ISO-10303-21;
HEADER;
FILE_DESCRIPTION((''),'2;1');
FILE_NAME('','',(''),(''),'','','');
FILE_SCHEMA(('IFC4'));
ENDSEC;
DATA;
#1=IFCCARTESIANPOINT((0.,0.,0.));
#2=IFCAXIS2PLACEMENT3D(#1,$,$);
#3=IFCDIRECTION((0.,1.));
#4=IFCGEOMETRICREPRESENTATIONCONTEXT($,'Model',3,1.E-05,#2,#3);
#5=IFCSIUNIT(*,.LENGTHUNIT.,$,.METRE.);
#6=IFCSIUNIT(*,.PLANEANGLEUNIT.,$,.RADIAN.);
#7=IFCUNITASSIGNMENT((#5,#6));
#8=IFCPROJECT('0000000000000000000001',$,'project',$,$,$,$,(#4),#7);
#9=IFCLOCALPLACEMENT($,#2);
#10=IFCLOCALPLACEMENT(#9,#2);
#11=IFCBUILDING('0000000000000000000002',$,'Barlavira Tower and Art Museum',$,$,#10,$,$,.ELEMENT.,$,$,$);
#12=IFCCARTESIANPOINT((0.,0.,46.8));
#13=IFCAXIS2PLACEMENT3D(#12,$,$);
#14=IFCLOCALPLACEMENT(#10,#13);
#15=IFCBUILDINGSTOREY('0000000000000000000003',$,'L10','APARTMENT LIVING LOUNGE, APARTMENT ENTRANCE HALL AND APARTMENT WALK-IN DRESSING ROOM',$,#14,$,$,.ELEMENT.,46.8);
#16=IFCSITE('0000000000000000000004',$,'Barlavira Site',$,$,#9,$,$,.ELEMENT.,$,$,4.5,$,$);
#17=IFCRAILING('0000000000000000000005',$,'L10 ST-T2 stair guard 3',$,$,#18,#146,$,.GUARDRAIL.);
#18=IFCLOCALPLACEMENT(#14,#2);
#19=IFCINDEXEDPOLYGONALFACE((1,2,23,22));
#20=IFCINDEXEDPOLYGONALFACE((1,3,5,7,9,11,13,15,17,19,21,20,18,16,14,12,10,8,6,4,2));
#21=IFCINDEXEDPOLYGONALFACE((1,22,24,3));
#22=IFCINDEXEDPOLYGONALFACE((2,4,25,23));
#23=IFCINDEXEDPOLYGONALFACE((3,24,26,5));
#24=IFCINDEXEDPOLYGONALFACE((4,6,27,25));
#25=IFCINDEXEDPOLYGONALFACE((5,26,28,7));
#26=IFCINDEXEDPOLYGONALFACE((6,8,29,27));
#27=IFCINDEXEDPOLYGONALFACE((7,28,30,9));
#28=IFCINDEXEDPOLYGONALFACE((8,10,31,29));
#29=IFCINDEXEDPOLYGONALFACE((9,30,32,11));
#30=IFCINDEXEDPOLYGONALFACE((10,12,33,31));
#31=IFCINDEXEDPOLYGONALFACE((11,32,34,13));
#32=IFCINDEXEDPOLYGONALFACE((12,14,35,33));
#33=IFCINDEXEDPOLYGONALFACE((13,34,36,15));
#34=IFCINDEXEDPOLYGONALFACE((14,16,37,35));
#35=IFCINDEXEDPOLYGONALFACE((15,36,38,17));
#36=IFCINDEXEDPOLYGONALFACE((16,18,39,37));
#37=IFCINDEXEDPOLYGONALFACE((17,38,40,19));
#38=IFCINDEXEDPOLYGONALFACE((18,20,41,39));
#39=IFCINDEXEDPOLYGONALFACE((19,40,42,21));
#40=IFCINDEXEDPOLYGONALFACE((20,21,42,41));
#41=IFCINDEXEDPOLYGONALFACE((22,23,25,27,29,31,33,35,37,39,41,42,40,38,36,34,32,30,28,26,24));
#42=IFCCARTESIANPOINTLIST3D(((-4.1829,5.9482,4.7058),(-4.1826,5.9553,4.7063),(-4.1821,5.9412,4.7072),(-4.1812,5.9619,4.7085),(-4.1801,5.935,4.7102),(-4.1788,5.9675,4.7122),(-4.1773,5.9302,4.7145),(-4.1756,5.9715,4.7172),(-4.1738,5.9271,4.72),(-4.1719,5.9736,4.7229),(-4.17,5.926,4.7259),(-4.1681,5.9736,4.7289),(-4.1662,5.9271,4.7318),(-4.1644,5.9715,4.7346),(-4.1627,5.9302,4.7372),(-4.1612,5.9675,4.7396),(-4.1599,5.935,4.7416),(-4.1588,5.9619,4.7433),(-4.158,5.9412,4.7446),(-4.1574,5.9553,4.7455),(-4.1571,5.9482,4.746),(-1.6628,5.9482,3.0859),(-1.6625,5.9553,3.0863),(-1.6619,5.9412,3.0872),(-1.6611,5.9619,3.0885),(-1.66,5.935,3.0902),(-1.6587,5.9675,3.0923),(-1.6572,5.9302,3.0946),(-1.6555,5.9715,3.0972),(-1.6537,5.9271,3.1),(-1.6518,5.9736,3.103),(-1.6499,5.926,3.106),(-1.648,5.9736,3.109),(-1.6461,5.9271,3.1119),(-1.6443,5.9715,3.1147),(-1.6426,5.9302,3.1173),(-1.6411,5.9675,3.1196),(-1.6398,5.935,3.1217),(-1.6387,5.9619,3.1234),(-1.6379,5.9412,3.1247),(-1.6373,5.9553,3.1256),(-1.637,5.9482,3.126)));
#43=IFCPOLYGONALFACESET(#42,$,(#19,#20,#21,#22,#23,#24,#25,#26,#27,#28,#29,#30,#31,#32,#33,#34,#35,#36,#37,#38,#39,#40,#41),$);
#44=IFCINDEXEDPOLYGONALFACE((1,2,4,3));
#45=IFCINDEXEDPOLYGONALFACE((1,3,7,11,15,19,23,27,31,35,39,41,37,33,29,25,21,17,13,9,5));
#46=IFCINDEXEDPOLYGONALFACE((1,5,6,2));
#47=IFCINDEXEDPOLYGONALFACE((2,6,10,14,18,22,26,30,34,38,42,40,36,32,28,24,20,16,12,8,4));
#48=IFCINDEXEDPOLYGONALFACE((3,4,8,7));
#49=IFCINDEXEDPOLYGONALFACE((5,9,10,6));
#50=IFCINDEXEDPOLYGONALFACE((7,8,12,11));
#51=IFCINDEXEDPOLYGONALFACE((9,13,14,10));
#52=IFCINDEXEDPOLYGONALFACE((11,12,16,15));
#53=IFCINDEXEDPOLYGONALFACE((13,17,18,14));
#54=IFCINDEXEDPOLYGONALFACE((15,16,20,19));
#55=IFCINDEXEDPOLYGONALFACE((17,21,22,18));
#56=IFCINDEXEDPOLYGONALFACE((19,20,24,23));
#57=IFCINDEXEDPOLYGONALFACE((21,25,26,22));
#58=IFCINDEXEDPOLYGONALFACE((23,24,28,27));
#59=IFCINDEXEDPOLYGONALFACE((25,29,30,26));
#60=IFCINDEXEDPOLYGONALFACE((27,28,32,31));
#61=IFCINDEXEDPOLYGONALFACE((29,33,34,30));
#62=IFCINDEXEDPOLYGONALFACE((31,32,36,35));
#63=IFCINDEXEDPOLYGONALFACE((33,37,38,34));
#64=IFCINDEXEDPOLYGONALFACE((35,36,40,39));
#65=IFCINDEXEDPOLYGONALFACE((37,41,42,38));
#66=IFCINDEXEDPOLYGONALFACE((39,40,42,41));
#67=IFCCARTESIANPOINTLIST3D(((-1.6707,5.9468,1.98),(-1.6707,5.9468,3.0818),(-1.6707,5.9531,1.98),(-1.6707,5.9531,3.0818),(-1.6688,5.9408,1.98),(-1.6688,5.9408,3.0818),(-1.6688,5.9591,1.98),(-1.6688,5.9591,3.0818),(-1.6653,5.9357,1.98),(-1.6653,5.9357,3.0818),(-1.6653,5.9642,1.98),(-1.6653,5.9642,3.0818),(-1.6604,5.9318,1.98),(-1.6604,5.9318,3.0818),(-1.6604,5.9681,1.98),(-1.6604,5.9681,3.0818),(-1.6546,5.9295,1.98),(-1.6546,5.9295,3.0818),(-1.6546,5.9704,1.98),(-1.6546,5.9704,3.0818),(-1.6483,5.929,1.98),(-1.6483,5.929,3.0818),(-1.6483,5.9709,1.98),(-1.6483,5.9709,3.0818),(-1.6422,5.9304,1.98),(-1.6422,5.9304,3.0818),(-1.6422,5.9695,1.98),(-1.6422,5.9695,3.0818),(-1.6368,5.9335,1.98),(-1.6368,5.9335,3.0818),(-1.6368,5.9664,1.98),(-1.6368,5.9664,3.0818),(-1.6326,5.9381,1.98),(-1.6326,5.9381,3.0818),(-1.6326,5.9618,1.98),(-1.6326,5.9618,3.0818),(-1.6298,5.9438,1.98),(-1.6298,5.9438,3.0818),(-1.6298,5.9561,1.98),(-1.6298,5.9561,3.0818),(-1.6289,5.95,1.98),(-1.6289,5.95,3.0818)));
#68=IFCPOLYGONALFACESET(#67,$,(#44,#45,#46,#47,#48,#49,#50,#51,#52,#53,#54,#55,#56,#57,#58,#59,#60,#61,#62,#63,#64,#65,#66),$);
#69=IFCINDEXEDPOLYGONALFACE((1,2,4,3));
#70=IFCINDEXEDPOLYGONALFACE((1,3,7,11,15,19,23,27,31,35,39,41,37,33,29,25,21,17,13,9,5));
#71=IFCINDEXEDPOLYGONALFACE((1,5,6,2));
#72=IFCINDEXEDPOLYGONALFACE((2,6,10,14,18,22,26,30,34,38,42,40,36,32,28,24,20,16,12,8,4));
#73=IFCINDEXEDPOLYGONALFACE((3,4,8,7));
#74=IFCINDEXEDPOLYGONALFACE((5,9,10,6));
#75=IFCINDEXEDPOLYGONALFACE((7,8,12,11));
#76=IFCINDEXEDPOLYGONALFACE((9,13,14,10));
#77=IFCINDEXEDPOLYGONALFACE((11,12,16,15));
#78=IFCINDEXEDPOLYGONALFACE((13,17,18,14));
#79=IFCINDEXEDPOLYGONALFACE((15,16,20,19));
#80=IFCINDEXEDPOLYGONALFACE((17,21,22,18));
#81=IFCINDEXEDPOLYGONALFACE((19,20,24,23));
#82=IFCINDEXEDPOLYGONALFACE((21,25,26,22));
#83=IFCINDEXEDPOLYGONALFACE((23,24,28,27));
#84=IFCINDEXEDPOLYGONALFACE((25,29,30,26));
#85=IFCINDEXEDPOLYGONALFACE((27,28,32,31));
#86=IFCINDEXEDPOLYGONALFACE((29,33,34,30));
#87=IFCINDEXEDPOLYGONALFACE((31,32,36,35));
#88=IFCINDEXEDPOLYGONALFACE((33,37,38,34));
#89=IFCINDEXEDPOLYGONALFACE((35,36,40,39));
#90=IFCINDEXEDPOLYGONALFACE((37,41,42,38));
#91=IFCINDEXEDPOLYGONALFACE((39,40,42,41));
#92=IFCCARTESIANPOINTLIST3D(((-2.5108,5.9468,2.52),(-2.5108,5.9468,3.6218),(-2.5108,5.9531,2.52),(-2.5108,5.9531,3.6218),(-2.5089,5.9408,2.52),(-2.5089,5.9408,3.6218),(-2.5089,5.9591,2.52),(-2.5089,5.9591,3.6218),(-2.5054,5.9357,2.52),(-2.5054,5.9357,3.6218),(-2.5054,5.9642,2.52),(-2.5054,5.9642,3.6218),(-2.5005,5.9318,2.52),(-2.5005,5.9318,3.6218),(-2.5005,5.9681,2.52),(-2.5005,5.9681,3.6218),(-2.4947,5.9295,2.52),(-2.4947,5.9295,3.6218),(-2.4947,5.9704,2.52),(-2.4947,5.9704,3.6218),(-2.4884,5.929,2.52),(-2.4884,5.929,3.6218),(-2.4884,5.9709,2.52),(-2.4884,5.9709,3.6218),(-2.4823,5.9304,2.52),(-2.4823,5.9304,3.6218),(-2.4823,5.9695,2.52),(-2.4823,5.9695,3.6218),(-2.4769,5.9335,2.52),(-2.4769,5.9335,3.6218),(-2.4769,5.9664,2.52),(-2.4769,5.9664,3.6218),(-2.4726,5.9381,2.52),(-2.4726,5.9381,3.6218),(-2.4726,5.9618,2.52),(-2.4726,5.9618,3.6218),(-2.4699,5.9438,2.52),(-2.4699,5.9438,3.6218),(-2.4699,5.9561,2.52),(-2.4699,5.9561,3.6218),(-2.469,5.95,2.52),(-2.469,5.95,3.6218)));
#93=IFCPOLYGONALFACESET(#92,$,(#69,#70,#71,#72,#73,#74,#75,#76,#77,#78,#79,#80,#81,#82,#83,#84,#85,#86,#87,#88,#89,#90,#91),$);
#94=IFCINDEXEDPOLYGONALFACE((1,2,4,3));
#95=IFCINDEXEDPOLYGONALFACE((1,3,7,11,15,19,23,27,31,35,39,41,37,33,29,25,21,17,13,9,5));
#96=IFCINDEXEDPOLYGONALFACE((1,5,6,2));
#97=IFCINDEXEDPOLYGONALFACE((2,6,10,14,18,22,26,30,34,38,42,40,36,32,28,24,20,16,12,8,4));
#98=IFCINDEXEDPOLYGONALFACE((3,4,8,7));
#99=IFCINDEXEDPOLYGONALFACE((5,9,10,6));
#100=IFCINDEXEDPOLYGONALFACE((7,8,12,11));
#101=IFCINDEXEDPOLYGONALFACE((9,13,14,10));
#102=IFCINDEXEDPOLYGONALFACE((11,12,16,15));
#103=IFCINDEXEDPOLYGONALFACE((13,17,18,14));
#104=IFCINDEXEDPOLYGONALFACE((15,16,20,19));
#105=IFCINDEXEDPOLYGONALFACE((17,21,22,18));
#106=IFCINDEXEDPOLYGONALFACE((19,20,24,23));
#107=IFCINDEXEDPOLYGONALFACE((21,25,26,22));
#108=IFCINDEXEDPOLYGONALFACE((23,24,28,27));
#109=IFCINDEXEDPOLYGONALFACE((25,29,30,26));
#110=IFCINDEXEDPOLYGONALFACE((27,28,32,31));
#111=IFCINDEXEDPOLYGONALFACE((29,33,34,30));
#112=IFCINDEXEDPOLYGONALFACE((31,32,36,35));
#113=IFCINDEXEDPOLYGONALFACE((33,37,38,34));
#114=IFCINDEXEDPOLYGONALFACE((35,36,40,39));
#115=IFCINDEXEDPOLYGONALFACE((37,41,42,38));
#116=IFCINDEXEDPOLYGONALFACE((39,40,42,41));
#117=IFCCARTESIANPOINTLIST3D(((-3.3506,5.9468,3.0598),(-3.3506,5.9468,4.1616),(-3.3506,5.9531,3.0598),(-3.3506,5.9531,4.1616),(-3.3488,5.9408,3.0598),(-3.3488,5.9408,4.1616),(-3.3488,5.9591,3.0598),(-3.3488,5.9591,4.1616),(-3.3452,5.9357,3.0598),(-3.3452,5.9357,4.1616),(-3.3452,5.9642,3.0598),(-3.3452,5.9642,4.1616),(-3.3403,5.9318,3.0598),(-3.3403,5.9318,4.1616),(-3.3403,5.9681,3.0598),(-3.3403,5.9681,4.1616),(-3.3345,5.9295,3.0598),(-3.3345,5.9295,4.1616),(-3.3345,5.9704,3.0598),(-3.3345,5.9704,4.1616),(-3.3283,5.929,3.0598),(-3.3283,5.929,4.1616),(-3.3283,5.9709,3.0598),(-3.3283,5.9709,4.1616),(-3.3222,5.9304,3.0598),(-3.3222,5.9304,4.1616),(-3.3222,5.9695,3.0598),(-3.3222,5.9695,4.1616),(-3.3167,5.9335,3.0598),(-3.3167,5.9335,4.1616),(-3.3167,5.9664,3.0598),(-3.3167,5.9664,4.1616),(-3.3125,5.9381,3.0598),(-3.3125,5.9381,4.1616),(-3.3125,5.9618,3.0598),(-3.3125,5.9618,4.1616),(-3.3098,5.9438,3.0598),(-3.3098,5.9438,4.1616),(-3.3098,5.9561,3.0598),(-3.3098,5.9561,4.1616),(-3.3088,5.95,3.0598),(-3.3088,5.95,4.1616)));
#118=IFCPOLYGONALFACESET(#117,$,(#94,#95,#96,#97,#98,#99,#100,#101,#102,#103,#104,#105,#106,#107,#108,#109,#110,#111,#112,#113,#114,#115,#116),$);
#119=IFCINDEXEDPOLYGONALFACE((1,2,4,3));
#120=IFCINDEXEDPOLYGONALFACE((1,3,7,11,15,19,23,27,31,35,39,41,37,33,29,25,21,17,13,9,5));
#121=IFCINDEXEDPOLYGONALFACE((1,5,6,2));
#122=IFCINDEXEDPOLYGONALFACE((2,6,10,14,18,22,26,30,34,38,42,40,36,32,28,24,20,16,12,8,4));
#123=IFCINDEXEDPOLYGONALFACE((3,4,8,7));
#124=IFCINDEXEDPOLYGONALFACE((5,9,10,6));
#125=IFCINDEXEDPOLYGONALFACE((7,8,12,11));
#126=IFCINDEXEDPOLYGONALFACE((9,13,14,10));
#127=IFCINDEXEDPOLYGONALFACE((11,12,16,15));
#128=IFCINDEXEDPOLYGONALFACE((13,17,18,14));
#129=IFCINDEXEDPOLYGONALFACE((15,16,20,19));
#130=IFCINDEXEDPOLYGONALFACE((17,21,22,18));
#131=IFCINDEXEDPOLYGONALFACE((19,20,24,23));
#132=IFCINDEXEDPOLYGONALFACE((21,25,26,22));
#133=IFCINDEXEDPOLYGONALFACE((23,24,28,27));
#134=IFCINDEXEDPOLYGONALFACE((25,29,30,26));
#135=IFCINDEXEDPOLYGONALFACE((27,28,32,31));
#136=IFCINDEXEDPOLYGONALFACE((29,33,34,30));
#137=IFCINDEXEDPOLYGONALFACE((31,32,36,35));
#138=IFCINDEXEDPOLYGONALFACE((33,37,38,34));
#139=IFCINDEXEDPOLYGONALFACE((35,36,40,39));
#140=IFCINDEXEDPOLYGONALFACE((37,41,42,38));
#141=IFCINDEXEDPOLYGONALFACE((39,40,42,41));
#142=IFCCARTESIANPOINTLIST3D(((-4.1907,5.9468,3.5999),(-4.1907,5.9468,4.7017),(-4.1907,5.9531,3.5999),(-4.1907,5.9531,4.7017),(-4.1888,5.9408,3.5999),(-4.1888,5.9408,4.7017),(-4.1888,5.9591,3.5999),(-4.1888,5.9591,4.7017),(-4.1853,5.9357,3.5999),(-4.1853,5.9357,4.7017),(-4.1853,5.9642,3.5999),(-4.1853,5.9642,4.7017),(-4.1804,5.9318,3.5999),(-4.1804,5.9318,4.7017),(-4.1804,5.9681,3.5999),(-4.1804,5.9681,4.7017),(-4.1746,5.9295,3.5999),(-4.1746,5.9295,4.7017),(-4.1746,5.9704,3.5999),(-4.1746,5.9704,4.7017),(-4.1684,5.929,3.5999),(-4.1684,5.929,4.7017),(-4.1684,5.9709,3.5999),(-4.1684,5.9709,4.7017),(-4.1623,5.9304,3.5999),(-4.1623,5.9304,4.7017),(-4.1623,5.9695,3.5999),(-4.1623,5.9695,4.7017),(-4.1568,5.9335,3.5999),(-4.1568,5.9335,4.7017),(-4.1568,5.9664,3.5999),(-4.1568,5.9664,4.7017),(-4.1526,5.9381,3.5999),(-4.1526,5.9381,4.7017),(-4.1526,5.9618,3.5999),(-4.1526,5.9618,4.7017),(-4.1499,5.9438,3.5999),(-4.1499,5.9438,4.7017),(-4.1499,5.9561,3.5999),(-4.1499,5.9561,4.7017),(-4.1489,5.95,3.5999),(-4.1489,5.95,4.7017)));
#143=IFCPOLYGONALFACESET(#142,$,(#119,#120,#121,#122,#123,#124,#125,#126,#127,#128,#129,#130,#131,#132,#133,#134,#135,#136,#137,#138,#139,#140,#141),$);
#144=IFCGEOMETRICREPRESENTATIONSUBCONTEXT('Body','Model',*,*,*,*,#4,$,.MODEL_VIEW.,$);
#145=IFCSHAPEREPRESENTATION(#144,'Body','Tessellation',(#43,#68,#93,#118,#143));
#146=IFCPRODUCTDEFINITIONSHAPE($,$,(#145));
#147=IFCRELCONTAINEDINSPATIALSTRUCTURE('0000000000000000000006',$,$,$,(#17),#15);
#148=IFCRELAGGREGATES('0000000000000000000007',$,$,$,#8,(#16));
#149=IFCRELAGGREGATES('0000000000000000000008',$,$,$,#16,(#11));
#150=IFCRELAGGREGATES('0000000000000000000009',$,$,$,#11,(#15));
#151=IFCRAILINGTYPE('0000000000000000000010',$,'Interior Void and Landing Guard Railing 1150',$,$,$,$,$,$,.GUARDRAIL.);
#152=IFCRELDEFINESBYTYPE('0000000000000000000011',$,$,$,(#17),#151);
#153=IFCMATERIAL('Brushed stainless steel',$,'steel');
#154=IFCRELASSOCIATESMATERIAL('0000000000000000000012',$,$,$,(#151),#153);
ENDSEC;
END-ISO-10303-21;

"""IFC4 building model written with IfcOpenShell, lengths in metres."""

from ifc_helpers import new_model, si_unit, direction, frame, origin, origin_2d, place, context, subcontext, project, spatial, circle, extrude, material, type_object, element, save


model = new_model("IFC4")

# Units and contexts
model_context = context("Model", 3, precision=1e-05, world=origin(), true_north=direction((0.0, 1.0)))
body_context = subcontext(model_context, "Body", "Model", "MODEL_VIEW")
ifc_project = project(units=[si_unit("LENGTHUNIT", "METRE"), si_unit("PLANEANGLEUNIT", "RADIAN")], contexts=[model_context])

# Site, building, storey
site_placement = place(None, origin())
site = spatial("IfcSite", under=ifc_project, at=site_placement, Name="Barlavira Site", CompositionType="ELEMENT", RefElevation=4.5)
building_placement = place(site_placement, origin())
building = spatial("IfcBuilding", under=site, at=building_placement, Name="Barlavira Tower and Art Museum", CompositionType="ELEMENT")
storey_placement = place(building_placement, frame((0.0, 0.0, 46.8)))
storey = spatial("IfcBuildingStorey", under=building, at=storey_placement, Name="L10", Description="APARTMENT LIVING LOUNGE, APARTMENT ENTRANCE HALL AND APARTMENT WALK-IN DRESSING ROOM", CompositionType="ELEMENT", Elevation=46.8)

# Shared definitions
ifc_material_1 = material(Name="Brushed stainless steel", Category="steel")

# Railing
railing_type_1 = type_object("IfcRailingType", Name="Interior Void and Landing Guard Railing 1150", PredefinedType="GUARDRAIL", material=ifc_material_1)
railing_1_placement = place(storey_placement, frame((-1.6499, 5.95, 1.98)))
element("IfcRailing", 1, at=railing_1_placement, inside=storey, type_object=railing_type_1, Name="L10 ST-T2 stair guard 3", PredefinedType="GUARDRAIL", context=body_context, shape_type="SweptSolid", body=[
    extrude(circle(Radius=0.0239, at=origin_2d()), frame((0.0, 0.0, 1.126), z_axis=(-0.8412, 0.0, 0.540725), x_axis=(0.0, -1.0, 0.0)), (0.0, 0.0, 1.0), 2.9958),
    extrude(circle(Radius=0.021, at=origin_2d()), origin(), (0.0, 0.0, 1.0), 1.1018),
    extrude(circle(Radius=0.021, at=origin_2d()), frame((-0.8401, 0.0, 0.54)), (0.0, 0.0, 1.0), 1.1018),
    extrude(circle(Radius=0.021, at=origin_2d()), frame((-1.6799, 0.0, 1.0798)), (0.0, 0.0, 1.0), 1.1018),
    extrude(circle(Radius=0.021, at=origin_2d()), frame((-2.52, 0.0, 1.6199)), (0.0, 0.0, 1.0), 1.1018),
])

save(model, "model.ifc")
